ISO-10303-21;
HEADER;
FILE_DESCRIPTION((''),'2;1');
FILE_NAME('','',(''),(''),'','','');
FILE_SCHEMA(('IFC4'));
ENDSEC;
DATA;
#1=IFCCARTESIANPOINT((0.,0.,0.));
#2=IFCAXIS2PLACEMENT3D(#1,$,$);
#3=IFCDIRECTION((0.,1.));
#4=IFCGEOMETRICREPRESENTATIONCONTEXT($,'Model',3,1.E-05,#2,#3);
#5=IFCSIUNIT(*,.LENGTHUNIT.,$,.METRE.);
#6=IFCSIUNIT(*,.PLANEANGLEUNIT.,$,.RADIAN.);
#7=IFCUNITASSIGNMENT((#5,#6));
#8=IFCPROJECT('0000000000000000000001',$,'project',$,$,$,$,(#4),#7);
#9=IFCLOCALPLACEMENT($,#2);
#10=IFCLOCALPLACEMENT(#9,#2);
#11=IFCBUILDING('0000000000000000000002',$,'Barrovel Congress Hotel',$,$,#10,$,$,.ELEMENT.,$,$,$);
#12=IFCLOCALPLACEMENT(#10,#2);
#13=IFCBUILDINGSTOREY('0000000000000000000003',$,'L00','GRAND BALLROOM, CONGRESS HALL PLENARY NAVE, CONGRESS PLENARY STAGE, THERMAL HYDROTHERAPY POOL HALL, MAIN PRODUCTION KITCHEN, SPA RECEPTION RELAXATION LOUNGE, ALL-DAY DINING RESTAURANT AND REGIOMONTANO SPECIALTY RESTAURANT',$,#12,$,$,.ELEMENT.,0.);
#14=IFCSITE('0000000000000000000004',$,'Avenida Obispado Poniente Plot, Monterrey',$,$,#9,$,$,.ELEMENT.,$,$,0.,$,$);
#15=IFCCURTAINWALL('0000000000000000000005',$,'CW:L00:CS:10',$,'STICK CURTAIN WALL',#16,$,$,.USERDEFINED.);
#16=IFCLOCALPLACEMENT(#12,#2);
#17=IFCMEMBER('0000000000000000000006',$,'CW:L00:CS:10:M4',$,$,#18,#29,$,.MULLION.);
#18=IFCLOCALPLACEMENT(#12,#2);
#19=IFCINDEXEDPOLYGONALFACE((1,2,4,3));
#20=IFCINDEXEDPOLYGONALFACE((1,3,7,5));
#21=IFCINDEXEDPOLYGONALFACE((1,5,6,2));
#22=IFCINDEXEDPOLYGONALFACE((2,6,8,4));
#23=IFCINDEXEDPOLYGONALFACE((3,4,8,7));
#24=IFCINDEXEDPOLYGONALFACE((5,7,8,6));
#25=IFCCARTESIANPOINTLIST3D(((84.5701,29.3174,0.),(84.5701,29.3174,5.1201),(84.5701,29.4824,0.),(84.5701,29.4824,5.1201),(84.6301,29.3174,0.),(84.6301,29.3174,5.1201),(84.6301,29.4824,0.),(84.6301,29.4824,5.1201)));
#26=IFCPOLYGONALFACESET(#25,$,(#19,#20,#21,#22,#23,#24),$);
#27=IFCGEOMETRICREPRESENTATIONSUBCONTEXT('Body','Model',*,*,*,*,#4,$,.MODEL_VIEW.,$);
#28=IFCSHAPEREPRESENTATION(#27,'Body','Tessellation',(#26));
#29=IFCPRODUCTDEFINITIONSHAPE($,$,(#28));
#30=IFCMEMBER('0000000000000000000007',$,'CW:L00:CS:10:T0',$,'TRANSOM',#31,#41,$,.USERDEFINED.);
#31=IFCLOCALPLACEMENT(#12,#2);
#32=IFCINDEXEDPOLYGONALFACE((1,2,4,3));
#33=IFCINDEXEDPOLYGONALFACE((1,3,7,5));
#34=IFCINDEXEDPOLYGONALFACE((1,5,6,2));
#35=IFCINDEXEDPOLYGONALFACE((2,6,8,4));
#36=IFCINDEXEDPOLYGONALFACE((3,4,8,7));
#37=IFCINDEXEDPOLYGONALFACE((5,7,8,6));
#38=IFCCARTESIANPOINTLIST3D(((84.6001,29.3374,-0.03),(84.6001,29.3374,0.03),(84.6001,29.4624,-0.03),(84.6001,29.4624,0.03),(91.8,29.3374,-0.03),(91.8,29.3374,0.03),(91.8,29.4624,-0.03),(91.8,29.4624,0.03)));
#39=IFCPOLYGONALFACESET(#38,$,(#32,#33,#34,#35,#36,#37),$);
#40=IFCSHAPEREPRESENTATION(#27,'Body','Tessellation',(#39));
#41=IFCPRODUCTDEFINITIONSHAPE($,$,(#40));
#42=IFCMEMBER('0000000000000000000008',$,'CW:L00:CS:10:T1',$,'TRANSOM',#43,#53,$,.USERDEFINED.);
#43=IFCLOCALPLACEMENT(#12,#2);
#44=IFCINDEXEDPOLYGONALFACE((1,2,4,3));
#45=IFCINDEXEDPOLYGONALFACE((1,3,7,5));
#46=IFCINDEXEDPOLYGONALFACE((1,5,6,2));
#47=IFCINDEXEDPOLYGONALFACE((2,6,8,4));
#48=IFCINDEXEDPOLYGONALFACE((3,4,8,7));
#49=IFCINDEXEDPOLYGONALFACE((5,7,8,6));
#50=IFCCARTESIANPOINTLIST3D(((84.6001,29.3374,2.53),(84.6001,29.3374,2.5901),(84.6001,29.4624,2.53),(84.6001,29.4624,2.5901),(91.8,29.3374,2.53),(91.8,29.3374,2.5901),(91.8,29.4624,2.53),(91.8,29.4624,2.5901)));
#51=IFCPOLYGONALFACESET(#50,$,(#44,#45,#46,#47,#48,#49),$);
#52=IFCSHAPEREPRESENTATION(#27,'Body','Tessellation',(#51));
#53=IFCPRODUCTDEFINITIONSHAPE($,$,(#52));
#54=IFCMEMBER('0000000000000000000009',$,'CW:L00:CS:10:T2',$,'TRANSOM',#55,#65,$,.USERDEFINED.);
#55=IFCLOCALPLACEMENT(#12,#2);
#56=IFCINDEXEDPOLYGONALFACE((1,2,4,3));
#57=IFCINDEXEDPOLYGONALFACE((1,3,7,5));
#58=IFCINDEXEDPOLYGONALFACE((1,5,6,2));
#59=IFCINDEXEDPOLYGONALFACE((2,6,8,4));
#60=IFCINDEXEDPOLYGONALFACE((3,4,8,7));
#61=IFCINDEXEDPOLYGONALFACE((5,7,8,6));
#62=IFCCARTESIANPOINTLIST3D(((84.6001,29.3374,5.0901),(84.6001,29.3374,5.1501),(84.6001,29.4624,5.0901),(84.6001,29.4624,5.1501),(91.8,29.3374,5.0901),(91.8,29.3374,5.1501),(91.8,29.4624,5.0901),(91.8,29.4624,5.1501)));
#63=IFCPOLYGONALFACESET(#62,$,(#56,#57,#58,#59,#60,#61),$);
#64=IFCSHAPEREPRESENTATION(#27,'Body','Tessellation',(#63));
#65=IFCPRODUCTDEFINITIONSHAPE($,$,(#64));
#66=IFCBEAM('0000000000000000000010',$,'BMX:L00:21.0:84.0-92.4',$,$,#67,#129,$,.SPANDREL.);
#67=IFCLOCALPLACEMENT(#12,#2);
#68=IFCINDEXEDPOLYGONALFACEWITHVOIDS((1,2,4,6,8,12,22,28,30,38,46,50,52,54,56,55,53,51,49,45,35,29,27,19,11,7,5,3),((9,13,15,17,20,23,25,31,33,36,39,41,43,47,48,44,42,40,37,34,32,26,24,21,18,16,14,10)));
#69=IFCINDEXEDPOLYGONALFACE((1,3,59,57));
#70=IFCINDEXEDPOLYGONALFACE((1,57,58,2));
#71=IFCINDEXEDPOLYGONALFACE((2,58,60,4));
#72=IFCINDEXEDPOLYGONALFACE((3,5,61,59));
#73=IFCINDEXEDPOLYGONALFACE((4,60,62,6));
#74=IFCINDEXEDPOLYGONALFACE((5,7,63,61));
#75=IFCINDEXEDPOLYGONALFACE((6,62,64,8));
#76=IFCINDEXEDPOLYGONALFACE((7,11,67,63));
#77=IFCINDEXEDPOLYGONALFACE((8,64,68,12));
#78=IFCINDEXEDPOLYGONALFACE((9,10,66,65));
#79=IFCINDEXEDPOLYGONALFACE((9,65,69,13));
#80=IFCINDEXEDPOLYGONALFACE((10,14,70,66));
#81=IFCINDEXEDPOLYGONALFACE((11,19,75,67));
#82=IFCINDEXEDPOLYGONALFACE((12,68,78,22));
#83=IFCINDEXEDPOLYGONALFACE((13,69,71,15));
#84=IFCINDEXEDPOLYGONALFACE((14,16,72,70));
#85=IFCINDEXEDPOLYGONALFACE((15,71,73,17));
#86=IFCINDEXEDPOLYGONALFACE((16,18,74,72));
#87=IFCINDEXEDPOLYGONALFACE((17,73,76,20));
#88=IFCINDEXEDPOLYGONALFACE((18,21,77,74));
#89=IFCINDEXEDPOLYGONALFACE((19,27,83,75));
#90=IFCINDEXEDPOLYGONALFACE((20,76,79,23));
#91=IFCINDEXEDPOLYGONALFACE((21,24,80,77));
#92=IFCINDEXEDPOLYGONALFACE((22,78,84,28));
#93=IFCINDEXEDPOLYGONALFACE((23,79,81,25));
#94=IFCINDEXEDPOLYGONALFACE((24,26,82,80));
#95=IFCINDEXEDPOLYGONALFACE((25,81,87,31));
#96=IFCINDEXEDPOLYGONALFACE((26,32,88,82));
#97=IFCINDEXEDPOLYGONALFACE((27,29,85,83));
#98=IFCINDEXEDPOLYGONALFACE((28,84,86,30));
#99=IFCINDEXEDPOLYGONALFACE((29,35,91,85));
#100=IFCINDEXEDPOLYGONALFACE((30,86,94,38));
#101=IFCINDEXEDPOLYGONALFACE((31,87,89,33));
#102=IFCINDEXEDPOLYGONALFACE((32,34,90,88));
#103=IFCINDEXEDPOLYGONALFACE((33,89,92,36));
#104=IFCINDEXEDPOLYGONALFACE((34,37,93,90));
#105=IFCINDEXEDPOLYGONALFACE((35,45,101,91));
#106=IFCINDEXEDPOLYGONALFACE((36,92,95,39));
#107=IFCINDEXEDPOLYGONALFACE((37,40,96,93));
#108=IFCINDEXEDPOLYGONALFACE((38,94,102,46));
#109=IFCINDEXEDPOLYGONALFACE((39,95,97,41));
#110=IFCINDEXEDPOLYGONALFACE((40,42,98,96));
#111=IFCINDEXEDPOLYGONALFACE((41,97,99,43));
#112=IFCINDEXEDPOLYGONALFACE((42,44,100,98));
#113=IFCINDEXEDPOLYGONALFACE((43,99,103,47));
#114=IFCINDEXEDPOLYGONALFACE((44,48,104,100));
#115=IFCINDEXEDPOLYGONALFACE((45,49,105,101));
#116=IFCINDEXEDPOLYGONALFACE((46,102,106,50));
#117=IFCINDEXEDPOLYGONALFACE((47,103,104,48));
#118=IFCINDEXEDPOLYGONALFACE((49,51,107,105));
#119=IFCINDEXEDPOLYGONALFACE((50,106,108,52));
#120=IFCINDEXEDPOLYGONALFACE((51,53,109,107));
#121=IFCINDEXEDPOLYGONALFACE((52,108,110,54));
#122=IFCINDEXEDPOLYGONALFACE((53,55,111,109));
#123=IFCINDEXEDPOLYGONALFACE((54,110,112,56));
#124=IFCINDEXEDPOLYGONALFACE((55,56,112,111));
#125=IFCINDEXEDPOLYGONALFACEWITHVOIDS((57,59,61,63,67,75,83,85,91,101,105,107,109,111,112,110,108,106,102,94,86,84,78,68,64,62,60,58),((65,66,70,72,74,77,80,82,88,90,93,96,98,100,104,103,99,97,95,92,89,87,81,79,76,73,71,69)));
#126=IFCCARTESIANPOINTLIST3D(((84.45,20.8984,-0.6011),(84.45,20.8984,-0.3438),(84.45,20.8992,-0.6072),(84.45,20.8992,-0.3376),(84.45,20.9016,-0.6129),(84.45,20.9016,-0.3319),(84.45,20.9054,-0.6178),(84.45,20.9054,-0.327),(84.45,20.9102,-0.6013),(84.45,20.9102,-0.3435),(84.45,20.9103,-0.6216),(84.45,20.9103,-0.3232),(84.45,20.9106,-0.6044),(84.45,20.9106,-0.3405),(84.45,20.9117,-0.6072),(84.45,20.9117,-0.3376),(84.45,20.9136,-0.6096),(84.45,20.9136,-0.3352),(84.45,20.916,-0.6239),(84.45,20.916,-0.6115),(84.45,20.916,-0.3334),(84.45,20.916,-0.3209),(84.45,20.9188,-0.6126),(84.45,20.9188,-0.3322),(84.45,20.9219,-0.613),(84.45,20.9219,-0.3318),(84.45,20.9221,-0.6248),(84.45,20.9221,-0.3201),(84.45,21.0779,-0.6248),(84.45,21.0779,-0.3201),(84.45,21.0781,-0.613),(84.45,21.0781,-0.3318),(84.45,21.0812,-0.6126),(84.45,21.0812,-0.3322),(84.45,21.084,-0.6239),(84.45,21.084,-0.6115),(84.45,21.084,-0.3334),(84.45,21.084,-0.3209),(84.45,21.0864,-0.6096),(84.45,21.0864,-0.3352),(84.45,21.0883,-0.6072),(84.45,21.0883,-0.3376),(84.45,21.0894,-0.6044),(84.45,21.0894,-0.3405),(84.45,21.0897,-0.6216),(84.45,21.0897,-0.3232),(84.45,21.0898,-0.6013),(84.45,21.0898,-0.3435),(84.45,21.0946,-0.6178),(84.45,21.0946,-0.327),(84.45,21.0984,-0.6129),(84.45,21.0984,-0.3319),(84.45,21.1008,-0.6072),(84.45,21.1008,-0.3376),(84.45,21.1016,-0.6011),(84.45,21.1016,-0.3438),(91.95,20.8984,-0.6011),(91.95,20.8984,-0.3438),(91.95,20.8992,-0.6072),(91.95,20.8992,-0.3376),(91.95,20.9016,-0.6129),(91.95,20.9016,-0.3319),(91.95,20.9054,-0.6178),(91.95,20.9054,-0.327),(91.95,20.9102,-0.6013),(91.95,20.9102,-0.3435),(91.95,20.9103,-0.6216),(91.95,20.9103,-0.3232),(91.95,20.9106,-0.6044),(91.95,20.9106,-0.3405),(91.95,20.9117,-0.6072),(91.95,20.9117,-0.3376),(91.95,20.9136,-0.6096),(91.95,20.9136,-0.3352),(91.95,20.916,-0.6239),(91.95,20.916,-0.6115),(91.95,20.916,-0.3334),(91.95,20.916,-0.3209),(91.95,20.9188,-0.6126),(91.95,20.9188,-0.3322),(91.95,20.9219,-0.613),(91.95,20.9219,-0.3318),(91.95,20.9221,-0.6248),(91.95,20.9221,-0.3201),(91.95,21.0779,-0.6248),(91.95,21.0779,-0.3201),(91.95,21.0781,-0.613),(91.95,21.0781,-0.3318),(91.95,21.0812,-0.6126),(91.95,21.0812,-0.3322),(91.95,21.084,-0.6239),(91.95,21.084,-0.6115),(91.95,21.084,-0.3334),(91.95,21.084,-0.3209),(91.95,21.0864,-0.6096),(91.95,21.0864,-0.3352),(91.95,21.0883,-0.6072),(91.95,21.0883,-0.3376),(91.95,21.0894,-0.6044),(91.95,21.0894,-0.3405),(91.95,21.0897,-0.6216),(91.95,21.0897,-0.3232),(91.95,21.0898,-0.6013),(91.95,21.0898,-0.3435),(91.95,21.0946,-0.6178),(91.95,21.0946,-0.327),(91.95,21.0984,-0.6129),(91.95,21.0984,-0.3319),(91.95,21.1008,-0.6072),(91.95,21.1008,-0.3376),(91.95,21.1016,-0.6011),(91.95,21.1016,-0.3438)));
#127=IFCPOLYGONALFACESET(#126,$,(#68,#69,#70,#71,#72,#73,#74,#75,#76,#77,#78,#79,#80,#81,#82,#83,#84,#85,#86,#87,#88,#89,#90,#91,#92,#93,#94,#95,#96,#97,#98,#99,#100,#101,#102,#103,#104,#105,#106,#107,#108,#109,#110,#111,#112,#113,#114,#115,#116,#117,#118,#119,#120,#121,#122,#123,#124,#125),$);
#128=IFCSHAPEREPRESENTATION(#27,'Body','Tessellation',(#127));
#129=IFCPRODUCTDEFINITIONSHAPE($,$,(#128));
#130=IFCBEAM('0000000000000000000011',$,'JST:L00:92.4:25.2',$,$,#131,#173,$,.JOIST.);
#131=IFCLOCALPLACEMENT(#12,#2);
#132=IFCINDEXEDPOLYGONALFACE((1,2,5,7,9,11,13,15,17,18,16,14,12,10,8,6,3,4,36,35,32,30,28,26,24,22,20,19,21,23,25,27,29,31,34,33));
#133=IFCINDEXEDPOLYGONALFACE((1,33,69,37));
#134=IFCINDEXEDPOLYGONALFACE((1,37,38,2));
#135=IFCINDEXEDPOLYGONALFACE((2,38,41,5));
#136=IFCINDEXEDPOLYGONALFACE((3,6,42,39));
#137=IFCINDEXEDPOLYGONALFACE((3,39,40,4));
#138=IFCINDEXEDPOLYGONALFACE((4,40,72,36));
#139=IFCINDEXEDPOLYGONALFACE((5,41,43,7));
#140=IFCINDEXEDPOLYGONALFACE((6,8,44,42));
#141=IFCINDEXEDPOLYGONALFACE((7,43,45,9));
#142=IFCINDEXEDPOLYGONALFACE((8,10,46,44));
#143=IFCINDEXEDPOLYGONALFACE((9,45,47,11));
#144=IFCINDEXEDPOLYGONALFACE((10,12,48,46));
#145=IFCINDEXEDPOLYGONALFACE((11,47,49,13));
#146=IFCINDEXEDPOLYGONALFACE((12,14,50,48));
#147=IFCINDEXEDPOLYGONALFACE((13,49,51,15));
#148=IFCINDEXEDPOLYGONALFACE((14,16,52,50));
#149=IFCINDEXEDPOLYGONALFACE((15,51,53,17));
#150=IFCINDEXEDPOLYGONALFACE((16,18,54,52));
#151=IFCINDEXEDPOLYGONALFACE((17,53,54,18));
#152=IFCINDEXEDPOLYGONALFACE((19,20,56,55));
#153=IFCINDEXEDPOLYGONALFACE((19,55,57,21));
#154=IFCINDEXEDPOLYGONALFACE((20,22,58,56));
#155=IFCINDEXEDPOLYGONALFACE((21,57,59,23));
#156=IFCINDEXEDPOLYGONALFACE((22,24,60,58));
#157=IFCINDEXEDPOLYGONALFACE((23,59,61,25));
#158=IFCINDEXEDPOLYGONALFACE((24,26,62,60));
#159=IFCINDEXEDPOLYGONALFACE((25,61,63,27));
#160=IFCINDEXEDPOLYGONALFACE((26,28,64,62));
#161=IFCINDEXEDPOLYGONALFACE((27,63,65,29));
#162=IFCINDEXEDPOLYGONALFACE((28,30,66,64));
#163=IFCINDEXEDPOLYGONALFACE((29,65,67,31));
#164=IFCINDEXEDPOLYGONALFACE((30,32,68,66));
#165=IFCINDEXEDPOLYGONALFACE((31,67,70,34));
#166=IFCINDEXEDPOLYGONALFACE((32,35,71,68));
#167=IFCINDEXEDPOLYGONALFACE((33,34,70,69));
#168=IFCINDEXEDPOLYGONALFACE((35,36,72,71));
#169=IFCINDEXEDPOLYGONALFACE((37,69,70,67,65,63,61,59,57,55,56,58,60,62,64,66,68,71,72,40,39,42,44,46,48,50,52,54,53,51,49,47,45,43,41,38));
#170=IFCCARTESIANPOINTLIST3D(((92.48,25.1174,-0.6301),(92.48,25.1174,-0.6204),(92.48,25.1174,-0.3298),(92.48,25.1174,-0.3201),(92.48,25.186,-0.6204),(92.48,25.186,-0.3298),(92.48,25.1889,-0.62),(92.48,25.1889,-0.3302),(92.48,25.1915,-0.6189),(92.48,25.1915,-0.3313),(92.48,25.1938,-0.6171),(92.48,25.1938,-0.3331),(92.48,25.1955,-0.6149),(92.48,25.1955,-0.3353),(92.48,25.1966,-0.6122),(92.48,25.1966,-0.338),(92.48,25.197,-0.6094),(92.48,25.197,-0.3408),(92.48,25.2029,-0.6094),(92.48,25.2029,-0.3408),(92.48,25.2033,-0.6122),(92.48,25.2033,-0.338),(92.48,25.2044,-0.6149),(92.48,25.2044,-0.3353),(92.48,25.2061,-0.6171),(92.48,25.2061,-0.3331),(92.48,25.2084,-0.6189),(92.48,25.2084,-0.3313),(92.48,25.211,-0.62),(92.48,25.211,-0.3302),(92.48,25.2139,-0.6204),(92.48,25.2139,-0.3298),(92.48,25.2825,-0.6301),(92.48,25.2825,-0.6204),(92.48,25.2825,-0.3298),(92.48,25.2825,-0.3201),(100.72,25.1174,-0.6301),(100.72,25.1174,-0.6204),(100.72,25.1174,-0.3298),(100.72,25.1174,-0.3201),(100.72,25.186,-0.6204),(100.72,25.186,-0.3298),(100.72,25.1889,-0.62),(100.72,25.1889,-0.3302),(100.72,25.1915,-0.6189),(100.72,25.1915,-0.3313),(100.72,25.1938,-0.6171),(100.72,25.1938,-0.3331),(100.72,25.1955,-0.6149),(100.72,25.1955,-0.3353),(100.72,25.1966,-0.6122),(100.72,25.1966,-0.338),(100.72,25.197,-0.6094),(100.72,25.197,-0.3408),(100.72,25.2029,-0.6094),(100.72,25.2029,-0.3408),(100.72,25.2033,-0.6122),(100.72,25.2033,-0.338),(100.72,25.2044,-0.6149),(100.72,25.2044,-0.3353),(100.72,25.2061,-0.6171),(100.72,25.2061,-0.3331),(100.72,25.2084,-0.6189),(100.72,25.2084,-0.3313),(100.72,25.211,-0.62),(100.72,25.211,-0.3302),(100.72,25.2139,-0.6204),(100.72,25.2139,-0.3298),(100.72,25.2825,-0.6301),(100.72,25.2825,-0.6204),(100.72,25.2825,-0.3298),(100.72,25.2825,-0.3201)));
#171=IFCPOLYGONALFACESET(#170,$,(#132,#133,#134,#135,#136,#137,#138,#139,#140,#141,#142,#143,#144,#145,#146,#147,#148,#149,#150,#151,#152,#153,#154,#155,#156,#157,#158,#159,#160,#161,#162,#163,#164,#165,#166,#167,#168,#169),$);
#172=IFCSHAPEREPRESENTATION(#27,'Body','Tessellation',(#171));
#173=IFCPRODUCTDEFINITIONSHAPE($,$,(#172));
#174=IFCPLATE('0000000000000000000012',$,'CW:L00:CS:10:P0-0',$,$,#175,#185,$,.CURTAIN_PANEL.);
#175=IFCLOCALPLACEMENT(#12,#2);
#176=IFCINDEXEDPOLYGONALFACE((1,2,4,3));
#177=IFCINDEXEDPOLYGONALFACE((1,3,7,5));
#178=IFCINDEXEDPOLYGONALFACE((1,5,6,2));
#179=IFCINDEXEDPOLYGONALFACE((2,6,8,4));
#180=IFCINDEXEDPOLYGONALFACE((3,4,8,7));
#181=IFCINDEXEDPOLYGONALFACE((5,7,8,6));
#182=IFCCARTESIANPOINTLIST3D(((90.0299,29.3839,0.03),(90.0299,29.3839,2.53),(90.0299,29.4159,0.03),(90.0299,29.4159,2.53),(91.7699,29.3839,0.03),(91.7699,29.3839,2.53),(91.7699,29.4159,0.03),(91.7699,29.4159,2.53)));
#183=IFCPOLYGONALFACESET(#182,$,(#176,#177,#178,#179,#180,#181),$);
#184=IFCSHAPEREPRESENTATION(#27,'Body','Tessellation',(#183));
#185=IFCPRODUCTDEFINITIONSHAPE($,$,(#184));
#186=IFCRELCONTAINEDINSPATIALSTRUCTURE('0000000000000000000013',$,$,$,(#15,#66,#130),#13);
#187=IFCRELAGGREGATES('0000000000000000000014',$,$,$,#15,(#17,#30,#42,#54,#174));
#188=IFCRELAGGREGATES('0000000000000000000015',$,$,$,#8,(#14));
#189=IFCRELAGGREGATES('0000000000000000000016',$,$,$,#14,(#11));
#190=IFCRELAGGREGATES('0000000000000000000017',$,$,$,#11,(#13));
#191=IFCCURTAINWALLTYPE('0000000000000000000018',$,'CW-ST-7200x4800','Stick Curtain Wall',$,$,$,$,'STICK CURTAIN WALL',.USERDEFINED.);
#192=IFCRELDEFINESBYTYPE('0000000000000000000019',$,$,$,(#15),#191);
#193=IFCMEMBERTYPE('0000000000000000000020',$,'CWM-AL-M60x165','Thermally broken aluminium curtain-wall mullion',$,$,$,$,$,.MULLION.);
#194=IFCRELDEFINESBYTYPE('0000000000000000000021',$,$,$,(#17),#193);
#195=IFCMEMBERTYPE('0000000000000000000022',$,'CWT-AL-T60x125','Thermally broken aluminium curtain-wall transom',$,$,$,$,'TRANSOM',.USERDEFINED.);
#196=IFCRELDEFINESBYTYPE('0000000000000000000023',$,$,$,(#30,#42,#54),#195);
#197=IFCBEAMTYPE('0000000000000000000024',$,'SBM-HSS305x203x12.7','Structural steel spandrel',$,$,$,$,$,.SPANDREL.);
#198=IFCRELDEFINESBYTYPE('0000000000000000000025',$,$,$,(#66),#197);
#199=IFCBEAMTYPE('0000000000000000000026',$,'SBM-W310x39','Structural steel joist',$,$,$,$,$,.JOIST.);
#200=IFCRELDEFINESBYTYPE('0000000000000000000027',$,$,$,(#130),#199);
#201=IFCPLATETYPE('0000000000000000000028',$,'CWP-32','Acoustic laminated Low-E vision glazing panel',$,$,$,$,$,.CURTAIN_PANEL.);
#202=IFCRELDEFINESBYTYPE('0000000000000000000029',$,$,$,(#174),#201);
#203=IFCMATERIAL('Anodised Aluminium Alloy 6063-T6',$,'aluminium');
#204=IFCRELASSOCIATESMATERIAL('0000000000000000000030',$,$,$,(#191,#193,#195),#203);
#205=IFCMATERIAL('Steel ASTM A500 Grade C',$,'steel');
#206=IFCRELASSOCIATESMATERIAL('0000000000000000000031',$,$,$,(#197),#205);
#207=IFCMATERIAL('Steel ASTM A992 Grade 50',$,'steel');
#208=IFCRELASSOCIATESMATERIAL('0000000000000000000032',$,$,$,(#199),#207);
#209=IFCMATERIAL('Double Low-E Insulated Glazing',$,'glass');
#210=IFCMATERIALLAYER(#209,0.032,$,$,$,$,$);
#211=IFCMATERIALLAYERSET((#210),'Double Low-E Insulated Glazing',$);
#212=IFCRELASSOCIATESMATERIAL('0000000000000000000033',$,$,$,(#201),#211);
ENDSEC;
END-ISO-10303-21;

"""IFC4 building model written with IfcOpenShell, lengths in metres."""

from ifc_helpers import new_model, si_unit, direction, frame, origin, origin_2d, place, context, subcontext, project, spatial, rectangle, hollow_rectangle, i_section, extrude, material, layer, layer_set, material_profile, profile_set, type_object, element, aggregate, save


model = new_model("IFC4")

# Units and contexts
model_context = context("Model", 3, precision=1e-05, world=origin(), true_north=direction((0.0, 1.0)))
body_context = subcontext(model_context, "Body", "Model", "MODEL_VIEW")
ifc_project = project(units=[si_unit("LENGTHUNIT", "METRE"), si_unit("PLANEANGLEUNIT", "RADIAN")], contexts=[model_context])

# Site, building, storey
site_placement = place(None, origin())
site = spatial("IfcSite", under=ifc_project, at=site_placement, Name="Avenida Obispado Poniente Plot, Monterrey", CompositionType="ELEMENT", RefElevation=0.0)
building_placement = place(site_placement, origin())
building = spatial("IfcBuilding", under=site, at=building_placement, Name="Barrovel Congress Hotel", CompositionType="ELEMENT")
storey_placement = place(building_placement, origin())
storey = spatial("IfcBuildingStorey", under=building, at=storey_placement, Name="L00", Description="GRAND BALLROOM, CONGRESS HALL PLENARY NAVE, CONGRESS PLENARY STAGE, THERMAL HYDROTHERAPY POOL HALL, MAIN PRODUCTION KITCHEN, SPA RECEPTION RELAXATION LOUNGE, ALL-DAY DINING RESTAURANT AND REGIOMONTANO SPECIALTY RESTAURANT", CompositionType="ELEMENT", Elevation=0.0)

# Curtain wall, members
ifc_material_1 = material(Name="Anodised Aluminium Alloy 6063-T6", Category="aluminium")
curtain_wall_type = type_object("IfcCurtainWallType", Name="CW-ST-7200x4800", Description="Stick Curtain Wall", ElementType="STICK CURTAIN WALL", PredefinedType="USERDEFINED", material=ifc_material_1)
curtain_wall_placement = place(storey_placement, origin())
curtain_wall = element("IfcCurtainWall", 1, at=curtain_wall_placement, inside=storey, type_object=curtain_wall_type, Name="CW:L00:CS:10", ObjectType="STICK CURTAIN WALL", PredefinedType="USERDEFINED")
ifc_material_profile_1 = material_profile(ifc_material_1, rectangle(XDim=0.0601, YDim=0.165, at=origin_2d()), Name="AL-M60x165")
ifc_profile_set_1 = profile_set([ifc_material_profile_1], Name="Anodised Aluminium Alloy 6063-T6")
member_type_1 = type_object("IfcMemberType", Name="CWM-AL-M60x165", Description="Thermally broken aluminium curtain-wall mullion", PredefinedType="MULLION", material=ifc_profile_set_1)
member_1_placement = place(storey_placement, frame((84.6001, 29.3999, 0.0), z_axis=(0.0, 0.0, 1.0), x_axis=(1.0, 0.0, 0.0)))
member_1 = element("IfcMember", 2, at=member_1_placement, type_object=member_type_1, Name="CW:L00:CS:10:M4", PredefinedType="MULLION", context=body_context, shape_type="SweptSolid", body=[
    extrude(rectangle(XDim=0.0601, YDim=0.165, at=origin_2d()), origin(), (0.0, 0.0, 1.0), 5.1201),
])
ifc_material_profile_2 = material_profile(ifc_material_1, rectangle(XDim=0.125, YDim=0.0601, at=origin_2d()), Name="AL-T60x125")
ifc_profile_set_2 = profile_set([ifc_material_profile_2], Name="Anodised Aluminium Alloy 6063-T6")
member_type_2 = type_object("IfcMemberType", Name="CWT-AL-T60x125", Description="Thermally broken aluminium curtain-wall transom", ElementType="TRANSOM", PredefinedType="USERDEFINED", material=ifc_profile_set_2)
member_2_placement = place(storey_placement, frame((91.8, 29.3999, 0.0), z_axis=(-1.0, 0.0, 0.0), x_axis=(0.0, -1.0, 0.0)))
member_2 = element("IfcMember", 3, at=member_2_placement, type_object=member_type_2, Name="CW:L00:CS:10:T0", ObjectType="TRANSOM", PredefinedType="USERDEFINED", context=body_context, shape_type="SweptSolid", body=[
    extrude(rectangle(XDim=0.125, YDim=0.0601, at=origin_2d()), origin(), (0.0, 0.0, 1.0), 7.2),
])
member_3_placement = place(storey_placement, frame((91.8, 29.3999, 2.5601), z_axis=(-1.0, 0.0, 0.0), x_axis=(0.0, -1.0, 0.0)))
member_3 = element("IfcMember", 4, at=member_3_placement, type_object=member_type_2, Name="CW:L00:CS:10:T1", ObjectType="TRANSOM", PredefinedType="USERDEFINED", context=body_context, shape_type="SweptSolid", body=[
    extrude(rectangle(XDim=0.125, YDim=0.0601, at=origin_2d()), origin(), (0.0, 0.0, 1.0), 7.2),
])
member_4_placement = place(storey_placement, frame((91.8, 29.3999, 5.1201), z_axis=(-1.0, 0.0, 0.0), x_axis=(0.0, -1.0, 0.0)))
member_4 = element("IfcMember", 5, at=member_4_placement, type_object=member_type_2, Name="CW:L00:CS:10:T2", ObjectType="TRANSOM", PredefinedType="USERDEFINED", context=body_context, shape_type="SweptSolid", body=[
    extrude(rectangle(XDim=0.125, YDim=0.0601, at=origin_2d()), origin(), (0.0, 0.0, 1.0), 7.2),
])

# Beams
ifc_material_2 = material(Name="Steel ASTM A500 Grade C", Category="steel")
ifc_material_profile_3 = material_profile(ifc_material_2, hollow_rectangle(XDim=0.2031, YDim=0.3047, WallThickness=0.0117, InnerFilletRadius=0.0117, OuterFilletRadius=0.0237, at=origin_2d()), Name="HSS305x203x12.7")
ifc_profile_set_3 = profile_set([ifc_material_profile_3], Name="Steel ASTM A500 Grade C")
beam_type_1 = type_object("IfcBeamType", Name="SBM-HSS305x203x12.7", Description="Structural steel spandrel", PredefinedType="SPANDREL", material=ifc_profile_set_3)
beam_1_placement = place(storey_placement, frame((84.45, 21.0, -0.4724), z_axis=(1.0, 0.0, 0.0), x_axis=(0.0, 1.0, 0.0)))
element("IfcBeam", 6, at=beam_1_placement, inside=storey, type_object=beam_type_1, Name="BMX:L00:21.0:84.0-92.4", PredefinedType="SPANDREL", context=body_context, shape_type="SweptSolid", body=[
    extrude(hollow_rectangle(XDim=0.2031, YDim=0.3047, WallThickness=0.0117, InnerFilletRadius=0.0117, OuterFilletRadius=0.0237, at=origin_2d()), origin(), (0.0, 0.0, 1.0), 7.5),
])
ifc_material_3 = material(Name="Steel ASTM A992 Grade 50", Category="steel")
ifc_material_profile_4 = material_profile(ifc_material_3, i_section(OverallWidth=0.165, OverallDepth=0.3101, WebThickness=0.0059, FlangeThickness=0.0098, FilletRadius=0.011, at=origin_2d()), Name="W310x39")
ifc_profile_set_4 = profile_set([ifc_material_profile_4], Name="Steel ASTM A992 Grade 50")
beam_type_2 = type_object("IfcBeamType", Name="SBM-W310x39", Description="Structural steel joist", PredefinedType="JOIST", material=ifc_profile_set_4)
beam_2_placement = place(storey_placement, frame((92.48, 25.2, -0.4751), z_axis=(1.0, 0.0, 0.0), x_axis=(0.0, 1.0, 0.0)))
element("IfcBeam", 7, at=beam_2_placement, inside=storey, type_object=beam_type_2, Name="JST:L00:92.4:25.2", PredefinedType="JOIST", context=body_context, shape_type="SweptSolid", body=[
    extrude(i_section(OverallWidth=0.165, OverallDepth=0.3101, WebThickness=0.0059, FlangeThickness=0.0098, FilletRadius=0.011, at=origin_2d()), origin(), (0.0, 0.0, 1.0), 8.24),
])

# Plate
ifc_material_4 = material(Name="Double Low-E Insulated Glazing", Category="glass")
ifc_layer_1 = layer(ifc_material_4, 0.032)
ifc_layer_set_1 = layer_set([ifc_layer_1], Name="Double Low-E Insulated Glazing")
plate_type = type_object("IfcPlateType", Name="CWP-32", Description="Acoustic laminated Low-E vision glazing panel", PredefinedType="CURTAIN_PANEL", material=ifc_layer_set_1)
plate_1_placement = place(storey_placement, frame((90.8999, 29.3999, 0.03), z_axis=(0.0, 0.0, 1.0), x_axis=(-1.0, 0.0, 0.0)))
plate_1 = element("IfcPlate", 8, at=plate_1_placement, type_object=plate_type, Name="CW:L00:CS:10:P0-0", PredefinedType="CURTAIN_PANEL", context=body_context, shape_type="SweptSolid", body=[
    extrude(rectangle(XDim=1.74, YDim=0.032, at=origin_2d()), origin(), (0.0, 0.0, 1.0), 2.5),
])
aggregate(curtain_wall, [member_1, member_2, member_3, member_4, plate_1])

save(model, "model.ifc")
